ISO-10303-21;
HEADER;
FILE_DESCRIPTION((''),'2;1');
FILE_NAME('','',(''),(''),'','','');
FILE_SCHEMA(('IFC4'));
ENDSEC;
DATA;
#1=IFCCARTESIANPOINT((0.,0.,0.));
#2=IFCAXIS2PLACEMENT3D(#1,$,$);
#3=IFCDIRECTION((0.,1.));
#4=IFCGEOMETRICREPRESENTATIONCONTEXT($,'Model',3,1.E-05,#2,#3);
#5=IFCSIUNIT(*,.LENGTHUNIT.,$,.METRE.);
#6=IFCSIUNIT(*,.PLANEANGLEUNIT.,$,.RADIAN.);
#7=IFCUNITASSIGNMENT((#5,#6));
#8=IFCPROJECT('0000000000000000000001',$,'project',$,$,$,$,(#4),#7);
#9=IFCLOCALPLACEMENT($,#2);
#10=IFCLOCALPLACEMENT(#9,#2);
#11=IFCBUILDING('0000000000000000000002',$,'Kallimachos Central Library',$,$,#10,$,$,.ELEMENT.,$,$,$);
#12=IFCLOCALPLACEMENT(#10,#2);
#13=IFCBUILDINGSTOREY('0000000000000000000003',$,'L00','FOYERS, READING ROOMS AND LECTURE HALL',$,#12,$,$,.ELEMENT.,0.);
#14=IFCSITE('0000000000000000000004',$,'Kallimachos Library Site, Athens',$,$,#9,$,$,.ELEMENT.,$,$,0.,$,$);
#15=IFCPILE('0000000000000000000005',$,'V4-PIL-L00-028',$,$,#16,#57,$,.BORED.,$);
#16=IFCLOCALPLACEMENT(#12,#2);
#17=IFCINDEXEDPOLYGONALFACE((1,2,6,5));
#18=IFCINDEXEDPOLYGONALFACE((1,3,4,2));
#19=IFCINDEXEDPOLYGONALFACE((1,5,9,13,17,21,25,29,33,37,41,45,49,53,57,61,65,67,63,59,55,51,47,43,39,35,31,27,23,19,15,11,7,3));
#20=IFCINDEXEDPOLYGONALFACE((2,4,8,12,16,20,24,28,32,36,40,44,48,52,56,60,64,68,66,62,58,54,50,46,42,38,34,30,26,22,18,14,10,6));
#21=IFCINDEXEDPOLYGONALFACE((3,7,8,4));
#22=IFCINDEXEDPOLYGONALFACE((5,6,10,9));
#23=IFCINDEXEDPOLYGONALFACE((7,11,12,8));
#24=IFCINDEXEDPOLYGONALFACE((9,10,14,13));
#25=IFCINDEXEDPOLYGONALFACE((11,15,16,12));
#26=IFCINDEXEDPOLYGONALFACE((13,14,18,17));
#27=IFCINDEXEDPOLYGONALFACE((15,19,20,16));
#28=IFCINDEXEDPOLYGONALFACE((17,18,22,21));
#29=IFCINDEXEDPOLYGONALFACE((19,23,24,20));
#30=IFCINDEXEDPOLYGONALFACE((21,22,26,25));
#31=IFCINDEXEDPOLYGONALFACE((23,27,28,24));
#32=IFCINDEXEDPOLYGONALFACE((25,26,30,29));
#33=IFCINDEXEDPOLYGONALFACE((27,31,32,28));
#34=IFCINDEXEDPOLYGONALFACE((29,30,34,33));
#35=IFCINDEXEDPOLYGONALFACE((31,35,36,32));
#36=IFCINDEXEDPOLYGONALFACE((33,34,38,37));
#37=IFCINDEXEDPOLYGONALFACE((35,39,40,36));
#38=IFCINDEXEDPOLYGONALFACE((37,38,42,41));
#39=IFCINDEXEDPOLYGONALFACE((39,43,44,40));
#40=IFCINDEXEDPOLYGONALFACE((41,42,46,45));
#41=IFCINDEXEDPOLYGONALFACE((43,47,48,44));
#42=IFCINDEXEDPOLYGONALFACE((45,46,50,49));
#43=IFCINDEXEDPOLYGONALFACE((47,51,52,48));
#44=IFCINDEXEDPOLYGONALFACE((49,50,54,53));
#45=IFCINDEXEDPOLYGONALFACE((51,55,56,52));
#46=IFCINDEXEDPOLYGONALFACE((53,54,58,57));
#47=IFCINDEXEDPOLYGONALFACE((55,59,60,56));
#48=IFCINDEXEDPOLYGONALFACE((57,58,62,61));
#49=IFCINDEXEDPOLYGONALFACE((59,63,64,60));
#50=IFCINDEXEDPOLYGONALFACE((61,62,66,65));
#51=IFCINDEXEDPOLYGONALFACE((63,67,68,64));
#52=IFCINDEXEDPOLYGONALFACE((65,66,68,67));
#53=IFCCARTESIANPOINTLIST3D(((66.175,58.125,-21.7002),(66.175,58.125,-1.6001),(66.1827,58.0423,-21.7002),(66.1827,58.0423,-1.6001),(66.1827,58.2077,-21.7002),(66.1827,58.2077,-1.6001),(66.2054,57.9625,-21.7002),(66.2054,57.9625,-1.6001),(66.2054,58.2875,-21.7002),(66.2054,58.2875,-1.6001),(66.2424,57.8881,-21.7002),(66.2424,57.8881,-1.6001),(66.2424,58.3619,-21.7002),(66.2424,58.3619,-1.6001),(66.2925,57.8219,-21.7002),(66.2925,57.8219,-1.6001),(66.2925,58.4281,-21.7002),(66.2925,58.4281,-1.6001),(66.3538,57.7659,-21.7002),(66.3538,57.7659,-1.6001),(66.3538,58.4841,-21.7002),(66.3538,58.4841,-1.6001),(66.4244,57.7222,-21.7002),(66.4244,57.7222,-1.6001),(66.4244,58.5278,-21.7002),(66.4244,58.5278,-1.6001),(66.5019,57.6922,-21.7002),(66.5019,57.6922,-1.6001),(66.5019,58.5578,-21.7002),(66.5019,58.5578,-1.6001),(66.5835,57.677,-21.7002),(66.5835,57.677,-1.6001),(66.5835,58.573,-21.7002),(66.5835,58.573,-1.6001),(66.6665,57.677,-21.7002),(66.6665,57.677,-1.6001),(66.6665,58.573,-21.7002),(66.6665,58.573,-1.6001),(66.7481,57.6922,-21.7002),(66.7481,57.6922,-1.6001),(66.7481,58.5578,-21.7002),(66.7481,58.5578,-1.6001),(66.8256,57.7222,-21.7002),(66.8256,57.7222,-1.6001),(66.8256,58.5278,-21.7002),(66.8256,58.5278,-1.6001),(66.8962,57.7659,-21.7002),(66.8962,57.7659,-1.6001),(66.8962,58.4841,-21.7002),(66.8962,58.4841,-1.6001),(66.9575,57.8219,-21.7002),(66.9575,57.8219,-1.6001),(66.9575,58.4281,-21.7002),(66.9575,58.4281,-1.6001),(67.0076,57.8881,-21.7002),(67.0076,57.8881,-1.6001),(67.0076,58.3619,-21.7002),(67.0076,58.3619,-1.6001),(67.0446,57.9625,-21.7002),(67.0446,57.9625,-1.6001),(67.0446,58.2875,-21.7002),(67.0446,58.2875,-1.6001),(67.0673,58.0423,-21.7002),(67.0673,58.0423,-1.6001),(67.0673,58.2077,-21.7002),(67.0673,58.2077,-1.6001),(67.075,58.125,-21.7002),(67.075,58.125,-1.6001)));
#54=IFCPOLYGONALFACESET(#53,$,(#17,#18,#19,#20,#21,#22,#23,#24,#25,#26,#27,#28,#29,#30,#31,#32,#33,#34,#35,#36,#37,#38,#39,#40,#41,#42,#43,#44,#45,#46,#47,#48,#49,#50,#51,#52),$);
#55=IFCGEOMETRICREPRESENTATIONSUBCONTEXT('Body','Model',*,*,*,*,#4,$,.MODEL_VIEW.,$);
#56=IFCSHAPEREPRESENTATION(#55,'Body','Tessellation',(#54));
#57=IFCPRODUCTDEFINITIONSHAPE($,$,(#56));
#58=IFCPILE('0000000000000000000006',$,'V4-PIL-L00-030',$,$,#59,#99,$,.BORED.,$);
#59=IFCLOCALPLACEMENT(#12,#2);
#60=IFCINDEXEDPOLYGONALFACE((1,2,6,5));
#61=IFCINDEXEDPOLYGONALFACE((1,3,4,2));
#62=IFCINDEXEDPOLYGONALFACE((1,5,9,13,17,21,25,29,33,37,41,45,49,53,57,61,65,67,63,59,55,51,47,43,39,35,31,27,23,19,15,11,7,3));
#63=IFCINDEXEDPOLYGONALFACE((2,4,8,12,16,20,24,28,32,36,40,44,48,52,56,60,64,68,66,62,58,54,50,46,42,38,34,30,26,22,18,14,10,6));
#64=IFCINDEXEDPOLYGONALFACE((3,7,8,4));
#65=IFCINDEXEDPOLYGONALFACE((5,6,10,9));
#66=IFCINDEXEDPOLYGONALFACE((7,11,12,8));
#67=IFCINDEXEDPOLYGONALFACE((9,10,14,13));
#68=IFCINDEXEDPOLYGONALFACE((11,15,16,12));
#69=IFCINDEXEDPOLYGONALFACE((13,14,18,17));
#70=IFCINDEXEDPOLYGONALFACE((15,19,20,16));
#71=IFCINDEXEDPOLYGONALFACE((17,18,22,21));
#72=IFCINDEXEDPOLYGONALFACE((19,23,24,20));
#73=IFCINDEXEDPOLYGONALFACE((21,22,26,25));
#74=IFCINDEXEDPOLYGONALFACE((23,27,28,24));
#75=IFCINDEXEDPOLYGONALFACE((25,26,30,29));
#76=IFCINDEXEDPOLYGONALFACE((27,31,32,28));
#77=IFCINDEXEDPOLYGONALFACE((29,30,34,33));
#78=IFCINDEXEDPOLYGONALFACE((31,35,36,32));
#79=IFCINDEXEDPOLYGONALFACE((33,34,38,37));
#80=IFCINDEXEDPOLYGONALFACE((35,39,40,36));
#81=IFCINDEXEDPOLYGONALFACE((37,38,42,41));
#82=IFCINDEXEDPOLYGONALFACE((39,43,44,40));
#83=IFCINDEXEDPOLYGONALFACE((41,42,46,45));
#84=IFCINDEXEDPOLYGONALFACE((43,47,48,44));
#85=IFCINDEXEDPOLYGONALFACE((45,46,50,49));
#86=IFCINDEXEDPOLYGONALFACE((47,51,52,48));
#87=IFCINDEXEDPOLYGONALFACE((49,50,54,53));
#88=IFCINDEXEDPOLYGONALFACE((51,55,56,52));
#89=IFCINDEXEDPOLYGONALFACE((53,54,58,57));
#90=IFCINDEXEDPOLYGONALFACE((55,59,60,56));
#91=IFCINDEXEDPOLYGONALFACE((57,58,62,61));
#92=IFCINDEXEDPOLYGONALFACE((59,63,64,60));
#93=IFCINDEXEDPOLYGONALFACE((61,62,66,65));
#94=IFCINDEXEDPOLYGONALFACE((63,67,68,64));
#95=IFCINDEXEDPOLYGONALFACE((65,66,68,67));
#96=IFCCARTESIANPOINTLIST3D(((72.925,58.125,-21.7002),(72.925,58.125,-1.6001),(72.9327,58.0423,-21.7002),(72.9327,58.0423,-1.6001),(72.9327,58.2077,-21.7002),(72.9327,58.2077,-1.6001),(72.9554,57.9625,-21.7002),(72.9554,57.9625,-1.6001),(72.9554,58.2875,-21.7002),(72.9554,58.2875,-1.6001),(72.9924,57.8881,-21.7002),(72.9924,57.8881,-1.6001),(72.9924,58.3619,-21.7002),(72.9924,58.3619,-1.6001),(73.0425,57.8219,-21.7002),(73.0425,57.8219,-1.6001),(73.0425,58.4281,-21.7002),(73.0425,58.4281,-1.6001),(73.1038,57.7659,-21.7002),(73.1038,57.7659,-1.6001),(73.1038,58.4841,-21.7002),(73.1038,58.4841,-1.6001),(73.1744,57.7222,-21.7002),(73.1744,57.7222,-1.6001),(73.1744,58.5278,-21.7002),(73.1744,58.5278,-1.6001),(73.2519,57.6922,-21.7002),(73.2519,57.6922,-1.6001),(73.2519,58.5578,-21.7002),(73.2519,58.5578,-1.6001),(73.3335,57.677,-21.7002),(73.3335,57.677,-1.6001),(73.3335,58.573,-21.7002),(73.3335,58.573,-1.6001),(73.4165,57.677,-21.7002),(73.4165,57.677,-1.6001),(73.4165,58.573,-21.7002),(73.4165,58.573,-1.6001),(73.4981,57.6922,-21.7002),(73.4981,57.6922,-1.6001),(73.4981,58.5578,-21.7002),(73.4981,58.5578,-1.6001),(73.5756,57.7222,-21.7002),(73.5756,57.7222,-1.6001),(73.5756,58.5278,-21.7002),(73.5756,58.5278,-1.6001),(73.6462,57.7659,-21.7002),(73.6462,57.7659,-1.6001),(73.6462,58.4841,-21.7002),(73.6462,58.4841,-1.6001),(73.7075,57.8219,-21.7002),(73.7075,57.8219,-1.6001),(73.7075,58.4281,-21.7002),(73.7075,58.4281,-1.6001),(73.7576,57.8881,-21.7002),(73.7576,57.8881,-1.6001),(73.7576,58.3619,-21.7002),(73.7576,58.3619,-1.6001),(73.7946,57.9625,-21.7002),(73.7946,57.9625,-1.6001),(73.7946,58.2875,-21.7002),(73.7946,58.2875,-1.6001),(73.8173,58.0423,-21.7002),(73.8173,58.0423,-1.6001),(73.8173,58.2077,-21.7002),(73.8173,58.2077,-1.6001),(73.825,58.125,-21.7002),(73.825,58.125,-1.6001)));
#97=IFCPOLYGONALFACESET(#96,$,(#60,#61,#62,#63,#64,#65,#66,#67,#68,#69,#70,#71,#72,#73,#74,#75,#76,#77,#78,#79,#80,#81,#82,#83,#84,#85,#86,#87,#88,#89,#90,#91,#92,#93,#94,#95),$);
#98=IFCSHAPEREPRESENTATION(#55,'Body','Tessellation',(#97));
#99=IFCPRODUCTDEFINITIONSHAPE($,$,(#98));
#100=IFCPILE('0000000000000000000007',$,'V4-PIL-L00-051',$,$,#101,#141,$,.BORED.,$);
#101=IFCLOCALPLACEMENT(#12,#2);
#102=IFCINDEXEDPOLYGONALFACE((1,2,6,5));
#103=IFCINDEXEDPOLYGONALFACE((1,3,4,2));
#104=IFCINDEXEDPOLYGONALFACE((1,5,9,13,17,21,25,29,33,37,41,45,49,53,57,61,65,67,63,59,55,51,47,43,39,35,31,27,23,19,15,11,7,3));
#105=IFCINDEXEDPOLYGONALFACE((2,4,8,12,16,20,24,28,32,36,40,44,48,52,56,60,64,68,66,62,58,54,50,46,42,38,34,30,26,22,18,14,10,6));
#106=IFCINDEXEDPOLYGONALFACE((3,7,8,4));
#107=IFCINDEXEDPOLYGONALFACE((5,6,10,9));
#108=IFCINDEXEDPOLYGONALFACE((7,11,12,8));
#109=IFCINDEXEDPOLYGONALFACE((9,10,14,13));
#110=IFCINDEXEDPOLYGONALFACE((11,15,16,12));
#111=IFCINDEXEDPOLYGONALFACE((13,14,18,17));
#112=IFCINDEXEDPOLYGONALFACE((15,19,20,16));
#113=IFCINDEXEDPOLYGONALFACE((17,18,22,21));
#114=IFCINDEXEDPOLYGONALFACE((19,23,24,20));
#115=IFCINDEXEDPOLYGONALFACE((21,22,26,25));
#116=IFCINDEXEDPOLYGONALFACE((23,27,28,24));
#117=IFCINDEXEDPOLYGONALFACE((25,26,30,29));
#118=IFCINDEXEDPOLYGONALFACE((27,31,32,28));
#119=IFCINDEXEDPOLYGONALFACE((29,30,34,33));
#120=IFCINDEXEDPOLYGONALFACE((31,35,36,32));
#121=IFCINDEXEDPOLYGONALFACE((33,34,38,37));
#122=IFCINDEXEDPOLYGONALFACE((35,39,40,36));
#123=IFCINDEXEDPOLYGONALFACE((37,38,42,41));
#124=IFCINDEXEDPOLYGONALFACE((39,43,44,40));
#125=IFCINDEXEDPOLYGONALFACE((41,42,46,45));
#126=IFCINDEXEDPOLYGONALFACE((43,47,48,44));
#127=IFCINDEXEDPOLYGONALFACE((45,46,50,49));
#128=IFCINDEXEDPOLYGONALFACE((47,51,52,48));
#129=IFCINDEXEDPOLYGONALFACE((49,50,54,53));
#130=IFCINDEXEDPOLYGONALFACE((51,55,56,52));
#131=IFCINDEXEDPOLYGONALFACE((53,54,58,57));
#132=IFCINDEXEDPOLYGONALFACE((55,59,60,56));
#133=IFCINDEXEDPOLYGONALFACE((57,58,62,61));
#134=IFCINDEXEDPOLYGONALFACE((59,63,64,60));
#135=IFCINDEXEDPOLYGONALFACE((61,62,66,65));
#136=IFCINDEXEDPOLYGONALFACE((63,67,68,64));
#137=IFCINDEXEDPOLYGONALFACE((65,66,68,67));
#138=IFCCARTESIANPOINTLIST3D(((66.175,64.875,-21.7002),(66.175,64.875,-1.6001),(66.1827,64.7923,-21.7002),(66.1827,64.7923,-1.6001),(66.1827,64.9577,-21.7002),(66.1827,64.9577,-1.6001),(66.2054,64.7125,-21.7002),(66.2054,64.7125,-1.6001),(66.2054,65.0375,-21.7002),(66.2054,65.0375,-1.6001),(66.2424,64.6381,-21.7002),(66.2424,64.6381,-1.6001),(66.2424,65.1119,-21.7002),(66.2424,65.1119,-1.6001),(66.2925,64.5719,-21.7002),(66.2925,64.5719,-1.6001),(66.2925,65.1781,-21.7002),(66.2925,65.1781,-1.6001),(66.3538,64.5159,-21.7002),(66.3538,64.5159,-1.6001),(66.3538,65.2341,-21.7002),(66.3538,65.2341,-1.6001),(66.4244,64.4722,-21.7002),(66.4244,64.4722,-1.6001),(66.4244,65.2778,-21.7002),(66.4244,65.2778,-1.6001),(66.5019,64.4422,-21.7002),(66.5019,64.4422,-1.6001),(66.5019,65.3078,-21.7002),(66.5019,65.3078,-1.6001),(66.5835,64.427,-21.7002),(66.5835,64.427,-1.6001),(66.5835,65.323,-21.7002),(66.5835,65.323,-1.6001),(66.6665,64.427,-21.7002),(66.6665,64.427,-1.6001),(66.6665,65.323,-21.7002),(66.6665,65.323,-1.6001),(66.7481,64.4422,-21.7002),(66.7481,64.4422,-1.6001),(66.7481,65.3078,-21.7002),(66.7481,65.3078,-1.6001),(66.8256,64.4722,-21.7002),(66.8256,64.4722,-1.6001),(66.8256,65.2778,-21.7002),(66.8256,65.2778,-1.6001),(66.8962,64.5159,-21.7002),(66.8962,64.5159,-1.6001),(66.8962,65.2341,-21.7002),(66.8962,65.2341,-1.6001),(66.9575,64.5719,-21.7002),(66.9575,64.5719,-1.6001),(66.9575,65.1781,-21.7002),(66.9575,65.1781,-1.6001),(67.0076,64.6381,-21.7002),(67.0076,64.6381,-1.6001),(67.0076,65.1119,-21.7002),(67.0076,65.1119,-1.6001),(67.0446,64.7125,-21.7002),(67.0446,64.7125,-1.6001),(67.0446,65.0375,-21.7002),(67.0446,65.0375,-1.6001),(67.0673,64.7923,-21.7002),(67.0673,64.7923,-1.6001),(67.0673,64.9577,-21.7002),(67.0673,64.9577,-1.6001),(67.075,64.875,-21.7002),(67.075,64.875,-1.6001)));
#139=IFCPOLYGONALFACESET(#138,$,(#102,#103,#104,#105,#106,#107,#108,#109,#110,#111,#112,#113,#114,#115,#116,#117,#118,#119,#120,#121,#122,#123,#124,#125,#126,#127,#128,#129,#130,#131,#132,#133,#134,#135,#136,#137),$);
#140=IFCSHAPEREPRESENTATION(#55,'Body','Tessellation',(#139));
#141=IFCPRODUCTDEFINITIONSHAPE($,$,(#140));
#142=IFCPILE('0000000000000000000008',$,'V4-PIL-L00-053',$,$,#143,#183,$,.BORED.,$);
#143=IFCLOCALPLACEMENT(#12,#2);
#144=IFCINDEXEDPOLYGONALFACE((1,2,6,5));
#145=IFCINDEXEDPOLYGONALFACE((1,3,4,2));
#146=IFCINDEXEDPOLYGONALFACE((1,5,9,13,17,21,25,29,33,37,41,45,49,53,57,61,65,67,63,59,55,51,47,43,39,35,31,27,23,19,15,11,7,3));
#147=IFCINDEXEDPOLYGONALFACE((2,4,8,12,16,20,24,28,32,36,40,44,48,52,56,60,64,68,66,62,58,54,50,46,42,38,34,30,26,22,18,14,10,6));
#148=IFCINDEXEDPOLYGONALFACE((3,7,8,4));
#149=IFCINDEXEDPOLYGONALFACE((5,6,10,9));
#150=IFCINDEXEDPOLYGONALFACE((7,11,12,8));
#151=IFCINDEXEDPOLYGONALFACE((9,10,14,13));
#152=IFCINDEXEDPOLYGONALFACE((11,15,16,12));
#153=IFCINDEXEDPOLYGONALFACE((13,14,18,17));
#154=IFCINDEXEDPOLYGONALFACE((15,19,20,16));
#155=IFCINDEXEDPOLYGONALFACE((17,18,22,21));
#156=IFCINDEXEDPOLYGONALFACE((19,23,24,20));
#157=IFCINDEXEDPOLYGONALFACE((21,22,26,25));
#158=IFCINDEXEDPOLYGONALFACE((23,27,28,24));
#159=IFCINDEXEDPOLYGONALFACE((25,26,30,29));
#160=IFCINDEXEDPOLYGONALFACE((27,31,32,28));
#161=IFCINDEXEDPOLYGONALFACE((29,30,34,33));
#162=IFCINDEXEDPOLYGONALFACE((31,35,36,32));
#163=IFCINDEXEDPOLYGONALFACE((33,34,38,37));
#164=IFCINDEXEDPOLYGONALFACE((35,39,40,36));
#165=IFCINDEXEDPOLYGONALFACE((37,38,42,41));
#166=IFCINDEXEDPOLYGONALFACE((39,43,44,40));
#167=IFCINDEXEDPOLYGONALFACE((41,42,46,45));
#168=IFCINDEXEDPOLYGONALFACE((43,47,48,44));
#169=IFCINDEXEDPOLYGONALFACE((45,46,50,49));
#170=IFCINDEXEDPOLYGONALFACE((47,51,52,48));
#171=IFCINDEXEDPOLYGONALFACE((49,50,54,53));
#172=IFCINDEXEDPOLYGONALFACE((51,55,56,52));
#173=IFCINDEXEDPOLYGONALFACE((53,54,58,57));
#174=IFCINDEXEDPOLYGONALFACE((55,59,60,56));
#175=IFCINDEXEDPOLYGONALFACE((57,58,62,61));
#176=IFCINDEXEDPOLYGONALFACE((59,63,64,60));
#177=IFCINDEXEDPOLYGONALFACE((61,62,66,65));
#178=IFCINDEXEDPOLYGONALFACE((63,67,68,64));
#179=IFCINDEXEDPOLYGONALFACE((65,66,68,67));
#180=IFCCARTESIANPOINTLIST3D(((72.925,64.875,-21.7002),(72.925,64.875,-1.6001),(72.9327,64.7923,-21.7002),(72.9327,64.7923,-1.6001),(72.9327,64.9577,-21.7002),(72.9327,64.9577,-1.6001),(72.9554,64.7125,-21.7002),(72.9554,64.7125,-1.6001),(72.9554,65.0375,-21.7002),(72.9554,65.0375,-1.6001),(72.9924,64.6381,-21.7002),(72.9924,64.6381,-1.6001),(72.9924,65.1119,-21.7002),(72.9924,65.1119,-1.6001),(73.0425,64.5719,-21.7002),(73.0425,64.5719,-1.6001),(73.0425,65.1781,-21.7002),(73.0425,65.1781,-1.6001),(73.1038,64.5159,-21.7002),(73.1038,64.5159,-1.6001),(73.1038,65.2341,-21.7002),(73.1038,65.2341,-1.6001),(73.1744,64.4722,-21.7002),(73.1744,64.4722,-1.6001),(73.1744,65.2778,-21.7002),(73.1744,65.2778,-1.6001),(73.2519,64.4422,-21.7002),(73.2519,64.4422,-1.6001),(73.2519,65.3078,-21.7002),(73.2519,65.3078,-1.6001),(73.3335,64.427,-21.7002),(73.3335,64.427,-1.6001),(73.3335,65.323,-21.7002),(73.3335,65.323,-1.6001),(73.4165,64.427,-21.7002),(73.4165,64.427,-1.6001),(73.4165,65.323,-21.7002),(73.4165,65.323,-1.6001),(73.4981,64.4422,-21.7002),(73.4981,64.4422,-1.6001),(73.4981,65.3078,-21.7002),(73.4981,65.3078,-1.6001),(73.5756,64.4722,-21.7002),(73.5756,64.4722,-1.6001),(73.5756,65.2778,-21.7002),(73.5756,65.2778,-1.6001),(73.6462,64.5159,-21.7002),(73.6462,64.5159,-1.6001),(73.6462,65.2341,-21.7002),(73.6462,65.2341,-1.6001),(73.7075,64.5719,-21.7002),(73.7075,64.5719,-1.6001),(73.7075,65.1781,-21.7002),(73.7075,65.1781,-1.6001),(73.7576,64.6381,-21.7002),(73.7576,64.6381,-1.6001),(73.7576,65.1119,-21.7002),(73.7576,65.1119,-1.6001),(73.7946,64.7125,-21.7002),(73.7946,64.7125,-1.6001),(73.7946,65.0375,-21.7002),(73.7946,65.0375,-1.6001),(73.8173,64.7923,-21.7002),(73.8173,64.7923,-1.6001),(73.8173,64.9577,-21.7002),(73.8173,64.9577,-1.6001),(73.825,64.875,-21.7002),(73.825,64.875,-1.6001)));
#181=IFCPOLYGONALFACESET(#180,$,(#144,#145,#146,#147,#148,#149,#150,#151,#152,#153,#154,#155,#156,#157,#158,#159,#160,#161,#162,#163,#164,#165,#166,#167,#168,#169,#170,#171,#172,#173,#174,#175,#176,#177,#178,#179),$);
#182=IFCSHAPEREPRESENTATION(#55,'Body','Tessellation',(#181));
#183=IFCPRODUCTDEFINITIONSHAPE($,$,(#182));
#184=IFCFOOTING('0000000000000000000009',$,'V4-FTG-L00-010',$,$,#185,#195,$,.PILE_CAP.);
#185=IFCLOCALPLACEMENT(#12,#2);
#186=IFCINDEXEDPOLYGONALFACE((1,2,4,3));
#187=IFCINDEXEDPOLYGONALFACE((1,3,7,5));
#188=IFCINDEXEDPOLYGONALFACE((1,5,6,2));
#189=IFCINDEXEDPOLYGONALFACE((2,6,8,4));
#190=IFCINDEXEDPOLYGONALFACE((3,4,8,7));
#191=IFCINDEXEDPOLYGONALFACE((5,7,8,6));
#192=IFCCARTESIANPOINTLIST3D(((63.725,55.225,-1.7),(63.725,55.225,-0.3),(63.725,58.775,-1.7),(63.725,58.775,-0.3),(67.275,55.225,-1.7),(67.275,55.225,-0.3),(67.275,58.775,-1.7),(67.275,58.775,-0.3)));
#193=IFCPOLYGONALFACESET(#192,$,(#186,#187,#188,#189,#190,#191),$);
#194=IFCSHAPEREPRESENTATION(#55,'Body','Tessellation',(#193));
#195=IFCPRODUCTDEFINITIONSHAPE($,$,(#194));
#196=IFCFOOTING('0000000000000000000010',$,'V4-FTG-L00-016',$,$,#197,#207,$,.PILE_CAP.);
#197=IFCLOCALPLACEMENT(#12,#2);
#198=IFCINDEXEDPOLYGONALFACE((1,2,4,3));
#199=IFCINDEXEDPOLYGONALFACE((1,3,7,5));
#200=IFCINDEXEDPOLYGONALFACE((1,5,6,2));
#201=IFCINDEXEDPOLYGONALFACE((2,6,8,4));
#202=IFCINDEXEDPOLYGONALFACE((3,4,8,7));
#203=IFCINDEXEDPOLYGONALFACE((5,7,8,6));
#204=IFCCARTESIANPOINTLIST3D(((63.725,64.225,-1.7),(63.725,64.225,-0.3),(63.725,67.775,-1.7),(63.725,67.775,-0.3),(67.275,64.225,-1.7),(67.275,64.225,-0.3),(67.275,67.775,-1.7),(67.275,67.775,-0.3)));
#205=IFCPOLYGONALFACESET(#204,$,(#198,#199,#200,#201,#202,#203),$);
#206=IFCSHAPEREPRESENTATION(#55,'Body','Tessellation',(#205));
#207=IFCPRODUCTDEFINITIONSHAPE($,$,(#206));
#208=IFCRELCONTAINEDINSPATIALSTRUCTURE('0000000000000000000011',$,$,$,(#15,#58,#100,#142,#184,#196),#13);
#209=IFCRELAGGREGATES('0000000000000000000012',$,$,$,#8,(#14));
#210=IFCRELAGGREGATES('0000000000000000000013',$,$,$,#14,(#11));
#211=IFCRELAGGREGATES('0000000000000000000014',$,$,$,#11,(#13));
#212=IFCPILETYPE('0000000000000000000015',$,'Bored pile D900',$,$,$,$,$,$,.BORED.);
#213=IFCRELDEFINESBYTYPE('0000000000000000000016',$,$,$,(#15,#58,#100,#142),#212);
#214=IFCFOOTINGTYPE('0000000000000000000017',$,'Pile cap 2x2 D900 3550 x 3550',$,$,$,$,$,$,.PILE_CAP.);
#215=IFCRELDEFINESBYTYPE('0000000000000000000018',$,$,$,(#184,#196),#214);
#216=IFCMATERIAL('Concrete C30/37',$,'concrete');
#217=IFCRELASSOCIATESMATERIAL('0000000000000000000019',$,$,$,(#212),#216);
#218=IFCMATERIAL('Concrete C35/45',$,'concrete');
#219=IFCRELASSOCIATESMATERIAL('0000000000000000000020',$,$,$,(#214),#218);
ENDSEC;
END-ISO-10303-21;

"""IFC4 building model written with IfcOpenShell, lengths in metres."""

from ifc_helpers import new_model, si_unit, direction, frame, origin, origin_2d, place, context, subcontext, project, spatial, rectangle, circle, extrude, material, type_object, element, save


model = new_model("IFC4")

# Units and contexts
model_context = context("Model", 3, precision=1e-05, world=origin(), true_north=direction((0.0, 1.0)))
body_context = subcontext(model_context, "Body", "Model", "MODEL_VIEW")
ifc_project = project(units=[si_unit("LENGTHUNIT", "METRE"), si_unit("PLANEANGLEUNIT", "RADIAN")], contexts=[model_context])

# Site, building, storey
site_placement = place(None, origin())
site = spatial("IfcSite", under=ifc_project, at=site_placement, Name="Kallimachos Library Site, Athens", CompositionType="ELEMENT", RefElevation=0.0)
building_placement = place(site_placement, origin())
building = spatial("IfcBuilding", under=site, at=building_placement, Name="Kallimachos Central Library", CompositionType="ELEMENT")
storey_placement = place(building_placement, origin())
storey = spatial("IfcBuildingStorey", under=building, at=storey_placement, Name="L00", Description="FOYERS, READING ROOMS AND LECTURE HALL", CompositionType="ELEMENT", Elevation=0.0)

# Piles
ifc_material_1 = material(Name="Concrete C30/37", Category="concrete")
pile_type = type_object("IfcPileType", Name="Bored pile D900", PredefinedType="BORED", material=ifc_material_1)
for number, where, z_axis, x_axis, name in (
    (1, (66.625, 58.125, -1.6001), (0.0, 0.0, -1.0), (1.0, 0.0, 0.0), "V4-PIL-L00-028"),
    (2, (73.375, 58.125, -1.6001), (0.0, 0.0, -1.0), (1.0, 0.0, 0.0), "V4-PIL-L00-030"),
    (3, (66.625, 64.875, -1.6001), (0.0, 0.0, -1.0), (1.0, 0.0, 0.0), "V4-PIL-L00-051"),
    (4, (73.375, 64.875, -1.6001), (0.0, 0.0, -1.0), (1.0, 0.0, 0.0), "V4-PIL-L00-053"),
):
    element("IfcPile", number, at=place(storey_placement, frame(where, z_axis=z_axis, x_axis=x_axis)), inside=storey, type_object=pile_type, Name=name, PredefinedType="BORED", context=body_context, shape_type="SweptSolid", body=[
        extrude(circle(Radius=0.45, at=origin_2d()), origin(), (0.0, 0.0, 1.0), 20.1001),
    ])

# Footings
ifc_material_2 = material(Name="Concrete C35/45", Category="concrete")
footing_type = type_object("IfcFootingType", Name="Pile cap 2x2 D900 3550 x 3550", PredefinedType="PILE_CAP", material=ifc_material_2)
for number, where, z_axis, x_axis, name in (
    (5, (65.5, 57.0, -1.7), (0.0, 0.0, 1.0), (1.0, 0.0, 0.0), "V4-FTG-L00-010"),
    (6, (65.5, 66.0, -1.7), (0.0, 0.0, 1.0), (1.0, 0.0, 0.0), "V4-FTG-L00-016"),
):
    element("IfcFooting", number, at=place(storey_placement, frame(where, z_axis=z_axis, x_axis=x_axis)), inside=storey, type_object=footing_type, Name=name, PredefinedType="PILE_CAP", context=body_context, shape_type="SweptSolid", body=[
        extrude(rectangle(XDim=3.55, YDim=3.55, at=origin_2d()), origin(), (0.0, 0.0, 1.0), 1.3999),
    ])

save(model, "model.ifc")
